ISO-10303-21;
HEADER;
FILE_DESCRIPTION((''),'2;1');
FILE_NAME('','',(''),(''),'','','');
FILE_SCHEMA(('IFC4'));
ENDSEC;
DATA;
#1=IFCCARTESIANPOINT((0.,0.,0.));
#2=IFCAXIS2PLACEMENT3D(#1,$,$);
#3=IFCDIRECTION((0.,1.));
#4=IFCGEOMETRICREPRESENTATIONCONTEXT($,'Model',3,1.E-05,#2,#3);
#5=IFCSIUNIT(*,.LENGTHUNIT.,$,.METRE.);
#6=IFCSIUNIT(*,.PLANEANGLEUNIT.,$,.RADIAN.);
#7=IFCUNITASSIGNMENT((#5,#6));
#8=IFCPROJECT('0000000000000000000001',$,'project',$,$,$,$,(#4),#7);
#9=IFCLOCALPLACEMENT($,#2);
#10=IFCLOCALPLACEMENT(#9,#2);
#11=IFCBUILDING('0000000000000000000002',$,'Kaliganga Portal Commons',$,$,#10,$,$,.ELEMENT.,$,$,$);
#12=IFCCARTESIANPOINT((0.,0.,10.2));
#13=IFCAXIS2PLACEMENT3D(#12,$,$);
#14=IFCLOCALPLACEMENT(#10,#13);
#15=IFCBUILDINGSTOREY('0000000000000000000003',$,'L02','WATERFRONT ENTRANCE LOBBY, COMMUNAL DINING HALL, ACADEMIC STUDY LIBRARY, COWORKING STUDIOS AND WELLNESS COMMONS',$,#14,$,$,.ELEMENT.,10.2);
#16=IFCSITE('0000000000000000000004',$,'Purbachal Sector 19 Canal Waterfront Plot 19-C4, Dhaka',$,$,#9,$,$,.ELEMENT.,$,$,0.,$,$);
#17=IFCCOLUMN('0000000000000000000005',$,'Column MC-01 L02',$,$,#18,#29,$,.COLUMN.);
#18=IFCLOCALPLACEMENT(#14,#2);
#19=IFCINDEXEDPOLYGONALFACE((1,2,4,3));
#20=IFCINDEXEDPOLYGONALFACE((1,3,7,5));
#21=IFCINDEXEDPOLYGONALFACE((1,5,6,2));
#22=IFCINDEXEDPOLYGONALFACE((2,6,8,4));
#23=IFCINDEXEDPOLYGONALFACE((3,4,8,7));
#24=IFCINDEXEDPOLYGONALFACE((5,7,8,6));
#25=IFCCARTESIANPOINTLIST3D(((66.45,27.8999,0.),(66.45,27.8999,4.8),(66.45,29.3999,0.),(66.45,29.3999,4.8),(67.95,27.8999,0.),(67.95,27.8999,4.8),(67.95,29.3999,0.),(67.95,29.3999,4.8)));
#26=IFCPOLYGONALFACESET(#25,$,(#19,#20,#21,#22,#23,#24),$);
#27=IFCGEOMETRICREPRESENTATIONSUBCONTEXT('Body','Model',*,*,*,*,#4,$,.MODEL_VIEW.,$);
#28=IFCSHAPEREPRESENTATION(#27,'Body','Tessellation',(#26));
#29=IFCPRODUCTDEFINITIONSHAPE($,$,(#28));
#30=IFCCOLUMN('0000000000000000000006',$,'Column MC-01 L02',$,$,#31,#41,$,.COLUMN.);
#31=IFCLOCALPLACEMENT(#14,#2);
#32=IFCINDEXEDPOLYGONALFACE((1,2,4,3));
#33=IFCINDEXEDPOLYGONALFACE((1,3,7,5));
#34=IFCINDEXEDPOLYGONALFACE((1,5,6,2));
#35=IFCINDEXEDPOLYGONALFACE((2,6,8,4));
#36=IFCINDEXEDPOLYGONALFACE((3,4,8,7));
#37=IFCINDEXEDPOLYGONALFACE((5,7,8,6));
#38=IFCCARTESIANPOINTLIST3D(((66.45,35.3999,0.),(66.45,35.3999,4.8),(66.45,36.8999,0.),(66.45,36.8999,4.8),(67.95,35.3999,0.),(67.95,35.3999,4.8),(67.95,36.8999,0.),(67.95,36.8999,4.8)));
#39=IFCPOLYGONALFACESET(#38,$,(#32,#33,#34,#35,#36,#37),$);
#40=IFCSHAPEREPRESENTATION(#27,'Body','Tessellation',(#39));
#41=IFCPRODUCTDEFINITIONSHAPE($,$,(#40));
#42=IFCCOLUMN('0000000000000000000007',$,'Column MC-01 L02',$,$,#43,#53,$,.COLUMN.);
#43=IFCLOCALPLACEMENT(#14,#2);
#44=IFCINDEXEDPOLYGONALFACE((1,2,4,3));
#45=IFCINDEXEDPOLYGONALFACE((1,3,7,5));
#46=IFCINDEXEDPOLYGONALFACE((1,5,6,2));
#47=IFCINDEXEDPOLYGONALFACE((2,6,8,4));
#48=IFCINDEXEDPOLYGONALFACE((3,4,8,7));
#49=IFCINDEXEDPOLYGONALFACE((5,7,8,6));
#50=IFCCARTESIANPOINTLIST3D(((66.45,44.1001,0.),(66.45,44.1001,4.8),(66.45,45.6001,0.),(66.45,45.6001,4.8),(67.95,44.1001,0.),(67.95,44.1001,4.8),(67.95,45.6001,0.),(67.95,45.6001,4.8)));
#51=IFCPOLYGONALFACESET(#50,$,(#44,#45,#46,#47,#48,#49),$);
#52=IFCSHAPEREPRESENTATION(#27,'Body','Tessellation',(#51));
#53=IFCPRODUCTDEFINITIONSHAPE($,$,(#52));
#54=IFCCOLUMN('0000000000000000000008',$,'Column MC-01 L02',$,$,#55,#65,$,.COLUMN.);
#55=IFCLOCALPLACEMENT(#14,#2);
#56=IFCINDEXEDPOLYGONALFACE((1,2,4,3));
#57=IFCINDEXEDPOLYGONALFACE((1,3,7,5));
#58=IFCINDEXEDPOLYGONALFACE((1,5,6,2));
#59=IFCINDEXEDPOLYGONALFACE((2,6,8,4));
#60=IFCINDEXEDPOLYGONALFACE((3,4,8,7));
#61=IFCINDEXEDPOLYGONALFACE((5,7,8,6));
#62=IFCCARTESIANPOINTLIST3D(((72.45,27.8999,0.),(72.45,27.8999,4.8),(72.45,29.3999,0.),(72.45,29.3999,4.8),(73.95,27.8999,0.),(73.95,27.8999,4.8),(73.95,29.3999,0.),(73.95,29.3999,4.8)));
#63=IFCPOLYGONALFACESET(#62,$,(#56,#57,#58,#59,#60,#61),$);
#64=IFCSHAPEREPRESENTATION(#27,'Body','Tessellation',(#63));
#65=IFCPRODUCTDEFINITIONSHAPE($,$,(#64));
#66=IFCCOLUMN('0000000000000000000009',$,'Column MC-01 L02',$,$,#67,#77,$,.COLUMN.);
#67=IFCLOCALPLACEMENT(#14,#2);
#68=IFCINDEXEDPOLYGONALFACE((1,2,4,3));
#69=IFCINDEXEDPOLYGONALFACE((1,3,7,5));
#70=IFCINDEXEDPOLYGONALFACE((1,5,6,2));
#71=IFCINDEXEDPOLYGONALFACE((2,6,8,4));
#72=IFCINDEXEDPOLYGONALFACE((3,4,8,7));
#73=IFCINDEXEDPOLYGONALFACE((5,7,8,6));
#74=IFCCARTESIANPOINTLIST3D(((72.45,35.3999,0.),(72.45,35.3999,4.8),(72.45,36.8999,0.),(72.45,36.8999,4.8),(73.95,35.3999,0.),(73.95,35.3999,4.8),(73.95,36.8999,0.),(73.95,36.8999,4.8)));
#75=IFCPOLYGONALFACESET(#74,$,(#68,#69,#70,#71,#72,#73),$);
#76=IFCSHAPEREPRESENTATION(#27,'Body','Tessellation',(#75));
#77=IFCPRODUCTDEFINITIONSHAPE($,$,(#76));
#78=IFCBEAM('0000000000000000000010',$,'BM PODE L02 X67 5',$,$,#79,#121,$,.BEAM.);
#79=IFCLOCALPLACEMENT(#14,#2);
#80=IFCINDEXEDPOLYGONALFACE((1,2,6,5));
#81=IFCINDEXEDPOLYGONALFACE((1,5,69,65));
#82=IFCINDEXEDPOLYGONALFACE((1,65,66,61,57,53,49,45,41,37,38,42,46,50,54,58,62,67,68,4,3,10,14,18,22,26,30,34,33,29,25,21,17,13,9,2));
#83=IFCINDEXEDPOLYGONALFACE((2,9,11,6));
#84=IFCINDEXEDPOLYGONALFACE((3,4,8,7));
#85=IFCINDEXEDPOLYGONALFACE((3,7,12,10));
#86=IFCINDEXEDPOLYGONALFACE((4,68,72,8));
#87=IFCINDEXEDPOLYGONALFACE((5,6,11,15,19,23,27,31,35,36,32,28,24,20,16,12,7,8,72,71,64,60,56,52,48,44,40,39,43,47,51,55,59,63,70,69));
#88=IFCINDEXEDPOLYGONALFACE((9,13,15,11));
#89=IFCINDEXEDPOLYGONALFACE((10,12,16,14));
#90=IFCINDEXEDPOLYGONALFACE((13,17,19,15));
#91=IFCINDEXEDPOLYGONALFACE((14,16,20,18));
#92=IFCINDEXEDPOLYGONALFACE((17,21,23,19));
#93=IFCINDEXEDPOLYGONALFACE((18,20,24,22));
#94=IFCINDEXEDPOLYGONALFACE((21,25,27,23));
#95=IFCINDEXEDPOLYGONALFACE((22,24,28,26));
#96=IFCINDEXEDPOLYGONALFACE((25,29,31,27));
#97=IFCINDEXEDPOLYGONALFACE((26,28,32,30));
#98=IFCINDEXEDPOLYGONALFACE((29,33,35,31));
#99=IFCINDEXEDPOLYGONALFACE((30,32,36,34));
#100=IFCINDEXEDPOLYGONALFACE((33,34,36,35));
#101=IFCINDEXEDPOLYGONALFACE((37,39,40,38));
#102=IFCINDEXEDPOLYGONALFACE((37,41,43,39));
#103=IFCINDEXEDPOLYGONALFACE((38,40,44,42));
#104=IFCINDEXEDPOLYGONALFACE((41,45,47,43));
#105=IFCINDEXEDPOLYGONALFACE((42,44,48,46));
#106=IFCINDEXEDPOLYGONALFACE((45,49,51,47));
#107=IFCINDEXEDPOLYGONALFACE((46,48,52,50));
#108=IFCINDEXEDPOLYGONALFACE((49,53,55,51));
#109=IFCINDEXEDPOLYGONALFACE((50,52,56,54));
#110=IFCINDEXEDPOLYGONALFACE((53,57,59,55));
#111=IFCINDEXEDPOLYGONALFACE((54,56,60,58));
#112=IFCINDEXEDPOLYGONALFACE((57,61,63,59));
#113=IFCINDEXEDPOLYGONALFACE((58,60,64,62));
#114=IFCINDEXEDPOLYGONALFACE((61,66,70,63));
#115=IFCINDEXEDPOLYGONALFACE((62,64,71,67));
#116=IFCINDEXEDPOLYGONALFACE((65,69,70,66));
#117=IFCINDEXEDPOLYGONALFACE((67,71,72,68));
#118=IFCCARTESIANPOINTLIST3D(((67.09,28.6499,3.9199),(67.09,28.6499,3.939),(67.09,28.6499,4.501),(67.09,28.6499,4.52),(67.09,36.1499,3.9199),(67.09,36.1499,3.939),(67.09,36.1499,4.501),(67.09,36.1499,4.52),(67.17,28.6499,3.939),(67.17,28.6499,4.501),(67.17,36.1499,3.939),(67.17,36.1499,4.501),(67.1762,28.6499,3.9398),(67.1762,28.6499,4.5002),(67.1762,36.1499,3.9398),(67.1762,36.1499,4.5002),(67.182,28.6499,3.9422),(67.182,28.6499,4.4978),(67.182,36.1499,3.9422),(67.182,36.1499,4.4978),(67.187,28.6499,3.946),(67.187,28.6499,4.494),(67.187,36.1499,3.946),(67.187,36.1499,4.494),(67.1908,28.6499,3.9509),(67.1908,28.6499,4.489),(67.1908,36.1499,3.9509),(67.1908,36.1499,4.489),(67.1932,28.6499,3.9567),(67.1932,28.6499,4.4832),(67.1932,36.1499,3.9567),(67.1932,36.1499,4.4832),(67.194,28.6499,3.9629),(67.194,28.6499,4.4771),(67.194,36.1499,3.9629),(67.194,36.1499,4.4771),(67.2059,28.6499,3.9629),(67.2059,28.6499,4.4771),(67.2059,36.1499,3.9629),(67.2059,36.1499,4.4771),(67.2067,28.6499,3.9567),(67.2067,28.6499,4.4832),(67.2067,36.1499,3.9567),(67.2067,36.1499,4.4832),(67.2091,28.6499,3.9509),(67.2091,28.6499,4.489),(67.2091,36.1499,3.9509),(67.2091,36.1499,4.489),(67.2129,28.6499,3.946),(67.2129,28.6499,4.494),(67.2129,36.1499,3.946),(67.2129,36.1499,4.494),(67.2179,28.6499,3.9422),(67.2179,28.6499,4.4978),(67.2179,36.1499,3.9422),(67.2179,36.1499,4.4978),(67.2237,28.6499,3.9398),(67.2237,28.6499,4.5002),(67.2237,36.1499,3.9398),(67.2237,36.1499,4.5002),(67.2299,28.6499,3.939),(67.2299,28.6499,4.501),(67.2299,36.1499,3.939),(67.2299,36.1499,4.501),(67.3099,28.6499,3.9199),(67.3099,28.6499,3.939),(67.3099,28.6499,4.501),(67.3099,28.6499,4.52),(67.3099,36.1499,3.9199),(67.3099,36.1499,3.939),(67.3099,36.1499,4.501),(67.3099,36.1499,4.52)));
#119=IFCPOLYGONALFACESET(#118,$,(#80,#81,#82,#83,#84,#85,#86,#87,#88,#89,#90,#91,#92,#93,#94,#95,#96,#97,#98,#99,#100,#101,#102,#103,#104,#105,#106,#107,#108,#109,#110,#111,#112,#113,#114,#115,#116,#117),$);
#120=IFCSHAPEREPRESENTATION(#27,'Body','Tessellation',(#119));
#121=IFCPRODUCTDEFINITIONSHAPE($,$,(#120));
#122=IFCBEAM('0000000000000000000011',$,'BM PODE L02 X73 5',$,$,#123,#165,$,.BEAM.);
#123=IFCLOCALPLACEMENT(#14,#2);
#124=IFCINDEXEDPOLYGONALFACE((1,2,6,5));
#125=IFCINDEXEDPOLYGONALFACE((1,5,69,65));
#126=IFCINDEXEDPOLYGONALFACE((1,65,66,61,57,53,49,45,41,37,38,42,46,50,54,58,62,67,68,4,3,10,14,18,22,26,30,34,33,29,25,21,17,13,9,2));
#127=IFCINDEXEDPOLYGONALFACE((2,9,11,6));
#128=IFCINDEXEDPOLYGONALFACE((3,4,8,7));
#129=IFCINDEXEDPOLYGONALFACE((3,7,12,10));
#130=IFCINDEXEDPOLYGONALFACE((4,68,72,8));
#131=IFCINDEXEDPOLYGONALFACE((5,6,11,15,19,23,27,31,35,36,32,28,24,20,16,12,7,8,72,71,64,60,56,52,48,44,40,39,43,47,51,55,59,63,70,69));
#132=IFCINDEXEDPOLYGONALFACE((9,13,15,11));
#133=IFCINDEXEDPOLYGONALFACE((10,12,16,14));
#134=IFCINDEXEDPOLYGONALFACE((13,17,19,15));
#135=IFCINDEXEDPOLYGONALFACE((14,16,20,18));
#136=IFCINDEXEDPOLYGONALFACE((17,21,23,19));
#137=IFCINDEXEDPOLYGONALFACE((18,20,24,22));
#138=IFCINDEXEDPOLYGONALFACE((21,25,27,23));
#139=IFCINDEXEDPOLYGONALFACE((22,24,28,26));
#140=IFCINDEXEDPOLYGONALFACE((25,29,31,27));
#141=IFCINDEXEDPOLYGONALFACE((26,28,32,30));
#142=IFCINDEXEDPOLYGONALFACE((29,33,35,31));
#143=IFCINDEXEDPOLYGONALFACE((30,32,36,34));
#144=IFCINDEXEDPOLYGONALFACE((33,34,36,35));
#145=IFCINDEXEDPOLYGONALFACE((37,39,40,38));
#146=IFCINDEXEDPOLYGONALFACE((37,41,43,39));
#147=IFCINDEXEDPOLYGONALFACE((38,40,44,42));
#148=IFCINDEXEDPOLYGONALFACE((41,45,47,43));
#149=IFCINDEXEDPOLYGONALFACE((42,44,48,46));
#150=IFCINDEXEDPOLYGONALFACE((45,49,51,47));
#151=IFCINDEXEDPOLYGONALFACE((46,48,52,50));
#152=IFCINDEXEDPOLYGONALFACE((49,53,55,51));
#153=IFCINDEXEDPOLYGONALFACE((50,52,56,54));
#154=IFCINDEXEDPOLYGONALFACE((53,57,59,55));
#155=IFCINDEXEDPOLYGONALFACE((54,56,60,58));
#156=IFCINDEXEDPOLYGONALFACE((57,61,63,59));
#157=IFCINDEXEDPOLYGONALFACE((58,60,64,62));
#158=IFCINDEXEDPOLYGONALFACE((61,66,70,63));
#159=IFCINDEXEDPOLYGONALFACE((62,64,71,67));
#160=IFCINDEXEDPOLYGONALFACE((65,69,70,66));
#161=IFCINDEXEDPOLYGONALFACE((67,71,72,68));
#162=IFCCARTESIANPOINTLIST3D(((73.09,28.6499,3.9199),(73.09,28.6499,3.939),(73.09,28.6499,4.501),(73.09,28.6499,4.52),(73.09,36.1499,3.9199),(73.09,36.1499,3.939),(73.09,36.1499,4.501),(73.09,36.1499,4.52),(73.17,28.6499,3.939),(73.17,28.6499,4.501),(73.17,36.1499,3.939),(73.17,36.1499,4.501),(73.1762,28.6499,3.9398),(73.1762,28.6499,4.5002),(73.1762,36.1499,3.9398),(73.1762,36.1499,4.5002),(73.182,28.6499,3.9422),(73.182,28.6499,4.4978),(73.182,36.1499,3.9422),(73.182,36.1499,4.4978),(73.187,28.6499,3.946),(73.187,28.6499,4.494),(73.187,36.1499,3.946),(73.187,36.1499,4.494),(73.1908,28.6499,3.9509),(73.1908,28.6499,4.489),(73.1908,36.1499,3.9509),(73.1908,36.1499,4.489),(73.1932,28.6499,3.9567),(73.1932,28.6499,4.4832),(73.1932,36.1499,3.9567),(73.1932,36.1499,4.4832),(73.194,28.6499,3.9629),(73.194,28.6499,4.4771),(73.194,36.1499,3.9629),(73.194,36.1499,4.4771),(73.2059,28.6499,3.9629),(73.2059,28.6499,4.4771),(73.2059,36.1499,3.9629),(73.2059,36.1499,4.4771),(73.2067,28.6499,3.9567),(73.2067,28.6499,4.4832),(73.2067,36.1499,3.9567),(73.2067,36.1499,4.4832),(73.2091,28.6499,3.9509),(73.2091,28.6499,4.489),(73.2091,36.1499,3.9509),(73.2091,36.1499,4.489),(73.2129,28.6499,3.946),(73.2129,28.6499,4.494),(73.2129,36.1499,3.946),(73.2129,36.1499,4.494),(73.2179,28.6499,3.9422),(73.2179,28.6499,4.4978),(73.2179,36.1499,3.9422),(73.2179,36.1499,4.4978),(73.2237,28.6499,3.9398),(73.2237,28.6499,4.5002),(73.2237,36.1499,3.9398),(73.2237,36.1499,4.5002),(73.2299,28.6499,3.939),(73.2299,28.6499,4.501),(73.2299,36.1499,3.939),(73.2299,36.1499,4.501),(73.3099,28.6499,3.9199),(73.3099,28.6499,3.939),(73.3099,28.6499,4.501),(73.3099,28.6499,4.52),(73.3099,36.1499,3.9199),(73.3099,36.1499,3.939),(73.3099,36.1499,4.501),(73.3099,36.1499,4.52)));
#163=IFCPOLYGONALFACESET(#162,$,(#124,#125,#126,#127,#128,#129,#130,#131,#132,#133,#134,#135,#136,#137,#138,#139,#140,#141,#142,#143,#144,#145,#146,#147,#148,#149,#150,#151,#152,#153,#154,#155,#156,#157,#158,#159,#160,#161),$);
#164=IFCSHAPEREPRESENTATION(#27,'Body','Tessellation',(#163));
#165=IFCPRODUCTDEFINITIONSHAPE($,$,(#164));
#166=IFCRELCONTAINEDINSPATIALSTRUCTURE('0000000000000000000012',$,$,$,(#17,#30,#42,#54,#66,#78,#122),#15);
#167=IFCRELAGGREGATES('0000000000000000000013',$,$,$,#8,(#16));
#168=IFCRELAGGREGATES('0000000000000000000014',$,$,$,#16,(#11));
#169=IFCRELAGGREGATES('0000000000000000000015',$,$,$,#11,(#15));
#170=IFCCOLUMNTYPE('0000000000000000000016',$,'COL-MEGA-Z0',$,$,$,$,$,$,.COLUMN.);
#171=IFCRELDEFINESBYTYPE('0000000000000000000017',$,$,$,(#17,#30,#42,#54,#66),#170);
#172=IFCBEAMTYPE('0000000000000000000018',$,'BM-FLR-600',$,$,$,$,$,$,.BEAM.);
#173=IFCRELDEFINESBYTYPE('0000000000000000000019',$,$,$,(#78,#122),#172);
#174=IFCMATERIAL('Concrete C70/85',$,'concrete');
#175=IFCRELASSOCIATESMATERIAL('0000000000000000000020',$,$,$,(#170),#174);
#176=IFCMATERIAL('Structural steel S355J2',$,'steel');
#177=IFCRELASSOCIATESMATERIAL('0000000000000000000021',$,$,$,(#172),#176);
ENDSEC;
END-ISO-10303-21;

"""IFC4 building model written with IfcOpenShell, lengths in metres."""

from ifc_helpers import new_model, si_unit, direction, frame, origin, origin_2d, place, context, subcontext, project, spatial, rectangle, i_section, extrude, source, transform, mapped, material, material_profile, profile_set, type_object, element, save


model = new_model("IFC4")

# Units and contexts
model_context = context("Model", 3, precision=1e-05, world=origin(), true_north=direction((0.0, 1.0)))
body_context = subcontext(model_context, "Body", "Model", "MODEL_VIEW")
ifc_project = project(units=[si_unit("LENGTHUNIT", "METRE"), si_unit("PLANEANGLEUNIT", "RADIAN")], contexts=[model_context])

# Site, building, storey
site_placement = place(None, origin())
site = spatial("IfcSite", under=ifc_project, at=site_placement, Name="Purbachal Sector 19 Canal Waterfront Plot 19-C4, Dhaka", CompositionType="ELEMENT", RefElevation=0.0)
building_placement = place(site_placement, origin())
building = spatial("IfcBuilding", under=site, at=building_placement, Name="Kaliganga Portal Commons", CompositionType="ELEMENT")
storey_placement = place(building_placement, frame((0.0, 0.0, 10.2)))
storey = spatial("IfcBuildingStorey", under=building, at=storey_placement, Name="L02", Description="WATERFRONT ENTRANCE LOBBY, COMMUNAL DINING HALL, ACADEMIC STUDY LIBRARY, COWORKING STUDIOS AND WELLNESS COMMONS", CompositionType="ELEMENT", Elevation=10.2)

# Columns
ifc_material_1 = material(Name="Concrete C70/85", Category="concrete")
ifc_material_profile_1 = material_profile(ifc_material_1, rectangle(XDim=1.5, YDim=1.5, at=origin_2d()), Name="RC 1500x1500")
ifc_profile_set_1 = profile_set([ifc_material_profile_1], Name="Concrete C70/85")
column_type = type_object("IfcColumnType", Name="COL-MEGA-Z0", PredefinedType="COLUMN", material=ifc_profile_set_1)
shared_shape_1 = source(origin(), body_context, "Body", "SweptSolid", [
    extrude(rectangle(XDim=1.5, YDim=1.5, at=origin_2d()), origin(), (0.0, 0.0, 1.0), 4.8),
])
for number, where, z_axis, x_axis, name in (
    (1, (67.2, 28.6499, 0.0), (0.0, 0.0, 1.0), (1.0, 0.0, 0.0), "Column MC-01 L02"),
    (2, (67.2, 36.1499, 0.0), (0.0, 0.0, 1.0), (1.0, 0.0, 0.0), "Column MC-01 L02"),
    (3, (67.2, 44.8501, 0.0), (0.0, 0.0, 1.0), (1.0, 0.0, 0.0), "Column MC-01 L02"),
    (4, (73.2, 28.6499, 0.0), (0.0, 0.0, 1.0), (1.0, 0.0, 0.0), "Column MC-01 L02"),
    (5, (73.2, 36.1499, 0.0), (0.0, 0.0, 1.0), (1.0, 0.0, 0.0), "Column MC-01 L02"),
):
    element("IfcColumn", number, at=place(storey_placement, frame(where, z_axis=z_axis, x_axis=x_axis)), inside=storey, type_object=column_type, Name=name, PredefinedType="COLUMN", context=body_context, shape_type="MappedRepresentation", body=[
        mapped(shared_shape_1, transform((0.0, 0.0, 0.0), x_axis=(1.0, 0.0, 0.0), y_axis=(0.0, 1.0, 0.0), z_axis=(0.0, 0.0, 1.0), scale=1.0)),
    ])

# Beams
ifc_material_2 = material(Name="Structural steel S355J2", Category="steel")
ifc_material_profile_2 = material_profile(ifc_material_2, i_section(OverallWidth=0.22, OverallDepth=0.6001, WebThickness=0.012, FlangeThickness=0.019, FilletRadius=0.0239, at=origin_2d()), Name="IPE 600")
ifc_profile_set_2 = profile_set([ifc_material_profile_2], Name="Structural steel S355J2 wide-flange")
beam_type_1 = type_object("IfcBeamType", Name="BM-FLR-600", PredefinedType="BEAM", material=ifc_profile_set_2)
shared_shape_2 = source(origin(), body_context, "Body", "SweptSolid", [
    extrude(i_section(OverallWidth=0.22, OverallDepth=0.6001, WebThickness=0.012, FlangeThickness=0.019, FilletRadius=0.0239, at=origin_2d()), origin(), (0.0, 0.0, 1.0), 7.5),
])
for number, where, z_axis, x_axis, name in (
    (6, (67.2, 28.6499, 4.22), (0.0, 1.0, 0.0), (-1.0, 0.0, 0.0), "BM PODE L02 X67 5"),
    (7, (73.2, 28.6499, 4.22), (0.0, 1.0, 0.0), (-1.0, 0.0, 0.0), "BM PODE L02 X73 5"),
):
    element("IfcBeam", number, at=place(storey_placement, frame(where, z_axis=z_axis, x_axis=x_axis)), inside=storey, type_object=beam_type_1, Name=name, PredefinedType="BEAM", context=body_context, shape_type="MappedRepresentation", body=[
        mapped(shared_shape_2, transform((0.0, 0.0, 0.0), x_axis=(1.0, 0.0, 0.0), y_axis=(0.0, 1.0, 0.0), z_axis=(0.0, 0.0, 1.0), scale=1.0)),
    ])

save(model, "model.ifc")
